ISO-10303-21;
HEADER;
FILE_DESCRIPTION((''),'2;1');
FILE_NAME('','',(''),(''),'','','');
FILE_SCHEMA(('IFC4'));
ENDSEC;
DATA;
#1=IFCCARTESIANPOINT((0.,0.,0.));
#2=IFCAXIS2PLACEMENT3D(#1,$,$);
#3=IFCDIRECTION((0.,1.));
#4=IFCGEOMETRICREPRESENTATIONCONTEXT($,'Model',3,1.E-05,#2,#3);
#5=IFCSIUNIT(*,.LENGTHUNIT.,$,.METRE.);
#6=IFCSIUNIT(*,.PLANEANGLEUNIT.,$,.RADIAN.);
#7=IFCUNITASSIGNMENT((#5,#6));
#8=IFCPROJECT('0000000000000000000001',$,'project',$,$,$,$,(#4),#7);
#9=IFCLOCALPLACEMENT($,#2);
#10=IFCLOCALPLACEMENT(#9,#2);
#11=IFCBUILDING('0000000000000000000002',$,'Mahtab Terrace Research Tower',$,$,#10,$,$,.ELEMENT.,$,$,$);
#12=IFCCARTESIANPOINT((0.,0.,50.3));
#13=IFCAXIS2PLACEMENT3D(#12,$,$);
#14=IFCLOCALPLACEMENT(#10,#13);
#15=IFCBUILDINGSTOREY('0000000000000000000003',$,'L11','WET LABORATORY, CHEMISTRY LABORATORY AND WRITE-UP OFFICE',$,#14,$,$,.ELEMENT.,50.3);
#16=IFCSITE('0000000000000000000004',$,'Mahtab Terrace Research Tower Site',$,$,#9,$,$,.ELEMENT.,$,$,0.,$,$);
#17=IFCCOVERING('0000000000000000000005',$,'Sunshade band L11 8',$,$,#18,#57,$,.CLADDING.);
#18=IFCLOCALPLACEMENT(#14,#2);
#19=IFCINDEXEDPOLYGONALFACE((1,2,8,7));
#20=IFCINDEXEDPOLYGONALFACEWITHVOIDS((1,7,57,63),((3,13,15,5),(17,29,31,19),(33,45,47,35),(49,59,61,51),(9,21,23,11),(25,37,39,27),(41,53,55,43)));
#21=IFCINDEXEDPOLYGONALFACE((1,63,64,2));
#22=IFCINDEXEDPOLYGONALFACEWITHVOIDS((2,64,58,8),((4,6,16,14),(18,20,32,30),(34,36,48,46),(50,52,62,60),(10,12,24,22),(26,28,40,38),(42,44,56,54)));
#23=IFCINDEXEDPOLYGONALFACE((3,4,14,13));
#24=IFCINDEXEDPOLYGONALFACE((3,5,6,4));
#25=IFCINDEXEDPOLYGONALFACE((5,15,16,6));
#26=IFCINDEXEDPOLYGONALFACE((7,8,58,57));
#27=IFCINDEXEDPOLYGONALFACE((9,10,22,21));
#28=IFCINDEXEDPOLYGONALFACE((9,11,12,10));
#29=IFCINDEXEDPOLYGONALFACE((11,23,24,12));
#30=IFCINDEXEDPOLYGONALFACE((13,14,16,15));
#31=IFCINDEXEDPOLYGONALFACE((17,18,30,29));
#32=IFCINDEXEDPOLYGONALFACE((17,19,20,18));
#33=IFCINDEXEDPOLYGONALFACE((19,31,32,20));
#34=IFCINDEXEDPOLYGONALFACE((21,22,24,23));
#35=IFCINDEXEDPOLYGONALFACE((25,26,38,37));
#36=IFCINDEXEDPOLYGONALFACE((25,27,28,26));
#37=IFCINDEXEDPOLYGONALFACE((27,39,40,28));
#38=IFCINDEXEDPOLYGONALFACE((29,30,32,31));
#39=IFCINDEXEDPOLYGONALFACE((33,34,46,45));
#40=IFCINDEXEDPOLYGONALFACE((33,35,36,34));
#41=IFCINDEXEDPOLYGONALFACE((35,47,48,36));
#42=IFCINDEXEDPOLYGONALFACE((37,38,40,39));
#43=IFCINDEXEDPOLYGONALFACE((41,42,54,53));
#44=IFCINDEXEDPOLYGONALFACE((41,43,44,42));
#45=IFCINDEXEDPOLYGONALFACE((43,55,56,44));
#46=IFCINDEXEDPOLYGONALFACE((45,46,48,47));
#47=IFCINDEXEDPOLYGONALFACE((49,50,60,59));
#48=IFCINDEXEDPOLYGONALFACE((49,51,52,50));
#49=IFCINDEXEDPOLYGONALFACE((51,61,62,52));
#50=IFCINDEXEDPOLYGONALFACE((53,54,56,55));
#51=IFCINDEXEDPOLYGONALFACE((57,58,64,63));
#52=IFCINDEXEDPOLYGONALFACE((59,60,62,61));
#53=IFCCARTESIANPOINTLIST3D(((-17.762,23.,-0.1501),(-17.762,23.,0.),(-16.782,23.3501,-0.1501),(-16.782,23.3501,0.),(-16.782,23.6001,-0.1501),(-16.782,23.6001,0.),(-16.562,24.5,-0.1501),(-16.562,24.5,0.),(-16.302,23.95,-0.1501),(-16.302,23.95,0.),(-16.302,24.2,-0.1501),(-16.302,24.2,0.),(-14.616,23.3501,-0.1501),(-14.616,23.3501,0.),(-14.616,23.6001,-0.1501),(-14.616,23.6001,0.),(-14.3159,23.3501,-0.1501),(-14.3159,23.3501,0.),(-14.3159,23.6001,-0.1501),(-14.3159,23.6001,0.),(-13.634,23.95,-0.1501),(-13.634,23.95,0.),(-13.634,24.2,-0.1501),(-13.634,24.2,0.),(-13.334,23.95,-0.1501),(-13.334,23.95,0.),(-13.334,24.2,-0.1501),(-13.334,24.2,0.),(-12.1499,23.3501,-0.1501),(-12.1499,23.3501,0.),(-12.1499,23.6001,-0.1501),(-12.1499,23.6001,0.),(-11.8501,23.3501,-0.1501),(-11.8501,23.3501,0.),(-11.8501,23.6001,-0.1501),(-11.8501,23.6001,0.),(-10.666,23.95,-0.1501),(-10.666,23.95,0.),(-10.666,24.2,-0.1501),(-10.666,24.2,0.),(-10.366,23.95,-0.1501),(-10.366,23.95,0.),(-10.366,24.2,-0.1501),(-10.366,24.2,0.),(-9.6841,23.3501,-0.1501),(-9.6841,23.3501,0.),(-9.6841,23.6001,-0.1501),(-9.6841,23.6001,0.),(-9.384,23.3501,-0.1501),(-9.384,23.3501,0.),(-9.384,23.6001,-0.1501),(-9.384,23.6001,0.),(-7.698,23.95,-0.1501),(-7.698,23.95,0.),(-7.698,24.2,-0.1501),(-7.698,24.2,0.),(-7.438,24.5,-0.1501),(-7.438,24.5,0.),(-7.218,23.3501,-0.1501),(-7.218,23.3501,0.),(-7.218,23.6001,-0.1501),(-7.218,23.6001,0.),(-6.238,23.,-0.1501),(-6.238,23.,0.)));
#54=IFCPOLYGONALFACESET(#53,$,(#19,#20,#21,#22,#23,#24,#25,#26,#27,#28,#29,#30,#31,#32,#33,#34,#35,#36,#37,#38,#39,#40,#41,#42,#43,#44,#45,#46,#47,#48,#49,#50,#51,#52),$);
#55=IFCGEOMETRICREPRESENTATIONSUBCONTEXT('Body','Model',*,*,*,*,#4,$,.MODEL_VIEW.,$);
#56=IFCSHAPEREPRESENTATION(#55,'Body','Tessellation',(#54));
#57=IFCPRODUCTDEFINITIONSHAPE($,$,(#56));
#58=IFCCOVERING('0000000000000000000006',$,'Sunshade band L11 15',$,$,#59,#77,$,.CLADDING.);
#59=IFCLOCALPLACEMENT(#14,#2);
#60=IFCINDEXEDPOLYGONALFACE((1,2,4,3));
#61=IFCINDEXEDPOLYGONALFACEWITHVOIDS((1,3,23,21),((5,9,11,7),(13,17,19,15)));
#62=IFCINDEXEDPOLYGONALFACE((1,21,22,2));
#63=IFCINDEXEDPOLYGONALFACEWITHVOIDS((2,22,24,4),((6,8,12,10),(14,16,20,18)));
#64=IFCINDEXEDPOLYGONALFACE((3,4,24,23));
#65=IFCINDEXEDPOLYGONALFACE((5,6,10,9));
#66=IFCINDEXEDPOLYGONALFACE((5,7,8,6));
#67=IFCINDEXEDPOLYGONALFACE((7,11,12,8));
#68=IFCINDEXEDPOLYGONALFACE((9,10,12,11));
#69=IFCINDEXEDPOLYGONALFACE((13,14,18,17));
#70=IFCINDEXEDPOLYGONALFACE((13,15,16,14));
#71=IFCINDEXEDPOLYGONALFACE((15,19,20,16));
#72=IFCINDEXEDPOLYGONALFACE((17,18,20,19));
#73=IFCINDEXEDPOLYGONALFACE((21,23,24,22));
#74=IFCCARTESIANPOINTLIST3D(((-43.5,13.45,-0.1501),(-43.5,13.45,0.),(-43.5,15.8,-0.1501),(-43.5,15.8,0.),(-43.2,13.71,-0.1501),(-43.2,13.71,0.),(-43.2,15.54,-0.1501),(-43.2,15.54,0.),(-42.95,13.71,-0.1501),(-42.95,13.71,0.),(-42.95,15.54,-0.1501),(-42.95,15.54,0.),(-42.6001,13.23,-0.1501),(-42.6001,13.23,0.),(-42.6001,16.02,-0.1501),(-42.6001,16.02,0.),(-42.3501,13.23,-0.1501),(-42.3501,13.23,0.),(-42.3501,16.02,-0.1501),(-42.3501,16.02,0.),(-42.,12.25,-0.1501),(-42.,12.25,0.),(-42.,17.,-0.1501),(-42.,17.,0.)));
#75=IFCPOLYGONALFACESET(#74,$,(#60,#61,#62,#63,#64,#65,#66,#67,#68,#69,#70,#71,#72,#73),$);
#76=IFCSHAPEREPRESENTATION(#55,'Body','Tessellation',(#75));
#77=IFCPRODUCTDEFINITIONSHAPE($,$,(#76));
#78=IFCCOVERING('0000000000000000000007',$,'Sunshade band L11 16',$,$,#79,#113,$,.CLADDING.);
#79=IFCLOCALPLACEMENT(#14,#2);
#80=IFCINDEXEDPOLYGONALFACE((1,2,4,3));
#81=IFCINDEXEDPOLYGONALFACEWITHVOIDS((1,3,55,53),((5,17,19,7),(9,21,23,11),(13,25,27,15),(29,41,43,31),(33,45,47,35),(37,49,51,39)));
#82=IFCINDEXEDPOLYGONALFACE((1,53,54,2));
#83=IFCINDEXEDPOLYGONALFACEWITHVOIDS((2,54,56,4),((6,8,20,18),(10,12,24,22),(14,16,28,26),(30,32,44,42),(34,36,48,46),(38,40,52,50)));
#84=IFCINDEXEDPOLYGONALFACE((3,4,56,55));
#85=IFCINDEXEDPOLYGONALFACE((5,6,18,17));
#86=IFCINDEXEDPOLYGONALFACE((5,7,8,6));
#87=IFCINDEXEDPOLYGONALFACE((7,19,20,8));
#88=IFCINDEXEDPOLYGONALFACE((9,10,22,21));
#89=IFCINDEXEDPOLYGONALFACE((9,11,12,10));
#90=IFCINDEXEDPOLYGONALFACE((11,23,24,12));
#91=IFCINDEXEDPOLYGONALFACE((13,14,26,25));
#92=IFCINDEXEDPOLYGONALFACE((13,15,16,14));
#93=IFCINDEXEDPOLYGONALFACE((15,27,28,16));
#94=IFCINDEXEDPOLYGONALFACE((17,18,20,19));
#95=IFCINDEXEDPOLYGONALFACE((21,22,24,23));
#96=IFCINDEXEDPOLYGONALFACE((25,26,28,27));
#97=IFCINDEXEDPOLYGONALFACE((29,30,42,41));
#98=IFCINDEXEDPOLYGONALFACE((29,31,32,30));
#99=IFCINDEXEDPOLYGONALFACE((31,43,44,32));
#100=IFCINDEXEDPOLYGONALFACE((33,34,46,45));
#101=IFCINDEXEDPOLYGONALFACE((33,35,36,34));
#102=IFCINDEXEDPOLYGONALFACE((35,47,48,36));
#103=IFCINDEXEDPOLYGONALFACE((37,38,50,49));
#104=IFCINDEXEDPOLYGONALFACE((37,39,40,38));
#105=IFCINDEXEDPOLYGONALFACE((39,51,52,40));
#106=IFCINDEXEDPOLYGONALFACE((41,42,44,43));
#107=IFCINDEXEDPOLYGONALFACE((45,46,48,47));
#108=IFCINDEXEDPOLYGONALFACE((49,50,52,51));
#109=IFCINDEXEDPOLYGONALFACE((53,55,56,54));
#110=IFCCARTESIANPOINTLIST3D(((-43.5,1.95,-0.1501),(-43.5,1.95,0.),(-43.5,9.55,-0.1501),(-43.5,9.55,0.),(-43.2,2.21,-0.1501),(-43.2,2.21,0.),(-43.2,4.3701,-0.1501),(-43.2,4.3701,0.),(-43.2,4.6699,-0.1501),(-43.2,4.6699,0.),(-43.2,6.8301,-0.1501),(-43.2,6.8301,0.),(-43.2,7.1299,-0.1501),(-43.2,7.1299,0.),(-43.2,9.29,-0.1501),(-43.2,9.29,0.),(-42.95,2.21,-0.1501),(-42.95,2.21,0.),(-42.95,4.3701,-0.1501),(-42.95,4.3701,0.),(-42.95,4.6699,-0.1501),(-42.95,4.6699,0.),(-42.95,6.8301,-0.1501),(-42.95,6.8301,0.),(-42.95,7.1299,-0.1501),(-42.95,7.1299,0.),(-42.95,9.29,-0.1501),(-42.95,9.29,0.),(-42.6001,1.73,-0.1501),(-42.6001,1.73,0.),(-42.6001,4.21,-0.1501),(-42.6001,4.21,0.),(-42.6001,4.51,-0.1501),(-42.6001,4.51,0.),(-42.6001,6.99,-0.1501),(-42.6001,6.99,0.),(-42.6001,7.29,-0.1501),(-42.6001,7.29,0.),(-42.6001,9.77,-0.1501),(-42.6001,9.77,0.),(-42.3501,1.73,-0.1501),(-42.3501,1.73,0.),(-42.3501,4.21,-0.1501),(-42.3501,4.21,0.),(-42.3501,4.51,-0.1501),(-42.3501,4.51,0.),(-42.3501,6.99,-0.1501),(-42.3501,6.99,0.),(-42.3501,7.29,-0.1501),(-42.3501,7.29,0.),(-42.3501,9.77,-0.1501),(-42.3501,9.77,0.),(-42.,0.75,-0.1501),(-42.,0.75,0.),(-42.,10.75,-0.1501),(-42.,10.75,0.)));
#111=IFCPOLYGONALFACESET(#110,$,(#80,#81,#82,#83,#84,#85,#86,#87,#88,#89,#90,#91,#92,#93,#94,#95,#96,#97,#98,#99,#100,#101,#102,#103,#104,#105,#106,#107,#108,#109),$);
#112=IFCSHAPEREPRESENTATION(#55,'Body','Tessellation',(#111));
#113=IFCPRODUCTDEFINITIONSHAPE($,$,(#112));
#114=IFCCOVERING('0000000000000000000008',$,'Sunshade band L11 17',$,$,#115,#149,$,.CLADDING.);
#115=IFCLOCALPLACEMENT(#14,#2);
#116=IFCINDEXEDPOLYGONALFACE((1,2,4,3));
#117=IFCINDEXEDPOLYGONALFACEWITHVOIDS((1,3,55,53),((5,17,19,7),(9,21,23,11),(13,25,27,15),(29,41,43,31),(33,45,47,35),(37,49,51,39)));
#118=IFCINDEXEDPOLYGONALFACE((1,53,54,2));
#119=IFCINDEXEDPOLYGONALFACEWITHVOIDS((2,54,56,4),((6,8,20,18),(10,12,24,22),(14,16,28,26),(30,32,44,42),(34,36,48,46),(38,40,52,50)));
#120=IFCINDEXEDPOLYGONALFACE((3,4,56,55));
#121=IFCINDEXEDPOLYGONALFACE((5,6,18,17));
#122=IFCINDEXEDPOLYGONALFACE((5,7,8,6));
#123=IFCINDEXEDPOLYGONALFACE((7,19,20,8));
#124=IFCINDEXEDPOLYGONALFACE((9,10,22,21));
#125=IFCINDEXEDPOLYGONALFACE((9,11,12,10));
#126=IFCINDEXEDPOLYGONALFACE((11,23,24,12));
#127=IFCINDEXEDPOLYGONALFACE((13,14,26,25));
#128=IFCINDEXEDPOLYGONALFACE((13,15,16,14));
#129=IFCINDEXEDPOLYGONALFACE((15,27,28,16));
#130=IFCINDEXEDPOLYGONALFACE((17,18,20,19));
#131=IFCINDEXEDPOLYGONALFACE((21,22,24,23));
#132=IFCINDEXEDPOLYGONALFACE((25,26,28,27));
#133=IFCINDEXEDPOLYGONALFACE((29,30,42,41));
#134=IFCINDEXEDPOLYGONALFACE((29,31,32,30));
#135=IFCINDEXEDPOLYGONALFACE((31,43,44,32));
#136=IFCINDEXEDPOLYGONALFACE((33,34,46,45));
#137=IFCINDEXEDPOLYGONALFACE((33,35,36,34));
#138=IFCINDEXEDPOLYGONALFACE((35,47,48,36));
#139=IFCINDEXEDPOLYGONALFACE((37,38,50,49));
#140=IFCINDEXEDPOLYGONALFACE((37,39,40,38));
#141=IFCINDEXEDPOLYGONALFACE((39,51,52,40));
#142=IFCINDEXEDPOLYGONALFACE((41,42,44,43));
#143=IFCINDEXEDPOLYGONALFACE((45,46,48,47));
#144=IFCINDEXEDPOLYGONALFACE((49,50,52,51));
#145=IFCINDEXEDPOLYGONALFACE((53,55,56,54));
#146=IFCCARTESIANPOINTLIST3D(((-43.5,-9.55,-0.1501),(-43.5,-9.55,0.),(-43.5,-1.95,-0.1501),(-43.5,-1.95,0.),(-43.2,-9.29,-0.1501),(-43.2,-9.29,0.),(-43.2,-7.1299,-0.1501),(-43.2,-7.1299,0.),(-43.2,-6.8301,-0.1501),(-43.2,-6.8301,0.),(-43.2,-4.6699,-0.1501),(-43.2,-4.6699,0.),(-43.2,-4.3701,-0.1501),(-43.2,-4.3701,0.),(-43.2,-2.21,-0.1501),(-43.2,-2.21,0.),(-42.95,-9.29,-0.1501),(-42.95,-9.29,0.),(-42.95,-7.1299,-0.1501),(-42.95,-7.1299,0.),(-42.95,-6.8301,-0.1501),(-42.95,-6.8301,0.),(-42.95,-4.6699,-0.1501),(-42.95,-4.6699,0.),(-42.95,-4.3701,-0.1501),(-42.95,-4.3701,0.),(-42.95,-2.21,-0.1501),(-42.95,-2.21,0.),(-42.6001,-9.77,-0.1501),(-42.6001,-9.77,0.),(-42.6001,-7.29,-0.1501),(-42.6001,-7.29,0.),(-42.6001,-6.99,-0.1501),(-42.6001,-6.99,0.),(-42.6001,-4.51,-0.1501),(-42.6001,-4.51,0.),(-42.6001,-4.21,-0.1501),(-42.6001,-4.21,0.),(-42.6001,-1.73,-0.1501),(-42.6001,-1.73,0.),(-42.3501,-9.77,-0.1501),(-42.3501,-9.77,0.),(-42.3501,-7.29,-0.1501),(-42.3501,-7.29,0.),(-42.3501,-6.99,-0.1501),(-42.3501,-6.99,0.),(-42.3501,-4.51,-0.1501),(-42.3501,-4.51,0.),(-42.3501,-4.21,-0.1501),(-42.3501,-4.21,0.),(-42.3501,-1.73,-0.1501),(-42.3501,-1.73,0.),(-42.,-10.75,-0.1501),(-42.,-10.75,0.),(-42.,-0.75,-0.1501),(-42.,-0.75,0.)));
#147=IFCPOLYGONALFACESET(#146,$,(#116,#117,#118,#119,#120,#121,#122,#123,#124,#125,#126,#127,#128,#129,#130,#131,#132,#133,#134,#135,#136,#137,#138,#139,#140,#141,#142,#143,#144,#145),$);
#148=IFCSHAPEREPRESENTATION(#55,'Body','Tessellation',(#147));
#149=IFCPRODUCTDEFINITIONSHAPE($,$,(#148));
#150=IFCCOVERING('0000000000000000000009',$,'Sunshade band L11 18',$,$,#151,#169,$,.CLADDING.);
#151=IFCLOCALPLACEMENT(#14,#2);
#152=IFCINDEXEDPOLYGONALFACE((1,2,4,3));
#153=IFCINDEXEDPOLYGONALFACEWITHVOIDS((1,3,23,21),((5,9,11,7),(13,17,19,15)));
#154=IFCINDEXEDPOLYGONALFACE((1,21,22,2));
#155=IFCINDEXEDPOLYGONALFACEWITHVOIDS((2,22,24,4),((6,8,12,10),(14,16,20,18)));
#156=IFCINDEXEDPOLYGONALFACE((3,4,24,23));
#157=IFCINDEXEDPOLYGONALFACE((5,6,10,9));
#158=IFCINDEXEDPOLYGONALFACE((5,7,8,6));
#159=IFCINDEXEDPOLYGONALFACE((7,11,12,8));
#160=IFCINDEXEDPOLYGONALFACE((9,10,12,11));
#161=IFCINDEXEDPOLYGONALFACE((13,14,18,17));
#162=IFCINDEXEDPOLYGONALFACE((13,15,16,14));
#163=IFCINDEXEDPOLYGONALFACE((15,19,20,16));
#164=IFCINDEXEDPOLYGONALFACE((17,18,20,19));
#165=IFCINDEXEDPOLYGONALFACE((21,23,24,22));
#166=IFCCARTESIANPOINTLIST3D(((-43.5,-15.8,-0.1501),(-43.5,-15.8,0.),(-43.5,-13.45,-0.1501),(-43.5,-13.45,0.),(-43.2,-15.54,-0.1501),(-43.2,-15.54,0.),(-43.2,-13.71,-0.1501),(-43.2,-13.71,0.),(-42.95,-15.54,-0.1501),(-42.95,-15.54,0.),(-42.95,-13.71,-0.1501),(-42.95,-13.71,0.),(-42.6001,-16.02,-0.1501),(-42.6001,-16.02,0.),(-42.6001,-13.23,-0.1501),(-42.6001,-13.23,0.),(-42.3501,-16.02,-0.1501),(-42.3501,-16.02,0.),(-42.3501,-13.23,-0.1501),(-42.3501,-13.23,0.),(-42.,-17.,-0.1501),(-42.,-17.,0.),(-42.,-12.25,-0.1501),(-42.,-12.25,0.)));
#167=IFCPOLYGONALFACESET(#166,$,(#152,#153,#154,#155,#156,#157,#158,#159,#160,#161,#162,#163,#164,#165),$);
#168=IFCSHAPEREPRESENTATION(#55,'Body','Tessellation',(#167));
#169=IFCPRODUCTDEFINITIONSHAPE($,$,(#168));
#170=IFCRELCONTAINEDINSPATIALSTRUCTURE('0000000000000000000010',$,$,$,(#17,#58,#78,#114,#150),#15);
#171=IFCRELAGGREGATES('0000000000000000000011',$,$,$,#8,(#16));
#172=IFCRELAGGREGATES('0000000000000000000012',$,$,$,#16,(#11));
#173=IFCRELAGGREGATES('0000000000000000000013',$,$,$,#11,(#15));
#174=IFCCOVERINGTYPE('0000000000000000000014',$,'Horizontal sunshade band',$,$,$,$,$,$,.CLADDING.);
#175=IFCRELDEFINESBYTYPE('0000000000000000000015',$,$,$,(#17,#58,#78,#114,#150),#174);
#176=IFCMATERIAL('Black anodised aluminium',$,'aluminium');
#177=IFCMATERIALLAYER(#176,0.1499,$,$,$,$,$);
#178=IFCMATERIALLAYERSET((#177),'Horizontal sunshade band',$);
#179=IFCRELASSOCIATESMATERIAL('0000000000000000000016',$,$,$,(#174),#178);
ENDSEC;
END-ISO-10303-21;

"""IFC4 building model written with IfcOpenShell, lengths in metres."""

from ifc_helpers import new_model, si_unit, direction, frame, origin, place, context, subcontext, project, spatial, polyline, outline, extrude, material, layer, layer_set, type_object, element, save


model = new_model("IFC4")

# Units and contexts
model_context = context("Model", 3, precision=1e-05, world=origin(), true_north=direction((0.0, 1.0)))
body_context = subcontext(model_context, "Body", "Model", "MODEL_VIEW")
ifc_project = project(units=[si_unit("LENGTHUNIT", "METRE"), si_unit("PLANEANGLEUNIT", "RADIAN")], contexts=[model_context])

# Site, building, storey
site_placement = place(None, origin())
site = spatial("IfcSite", under=ifc_project, at=site_placement, Name="Mahtab Terrace Research Tower Site", CompositionType="ELEMENT", RefElevation=0.0)
building_placement = place(site_placement, origin())
building = spatial("IfcBuilding", under=site, at=building_placement, Name="Mahtab Terrace Research Tower", CompositionType="ELEMENT")
storey_placement = place(building_placement, frame((0.0, 0.0, 50.3)))
storey = spatial("IfcBuildingStorey", under=building, at=storey_placement, Name="L11", Description="WET LABORATORY, CHEMISTRY LABORATORY AND WRITE-UP OFFICE", CompositionType="ELEMENT", Elevation=50.3)

# Coverings
ifc_material_1 = material(Name="Black anodised aluminium", Category="aluminium")
ifc_layer_1 = layer(ifc_material_1, 0.1499)
ifc_layer_set_1 = layer_set([ifc_layer_1], Name="Horizontal sunshade band")
covering_type_1 = type_object("IfcCoveringType", Name="Horizontal sunshade band", PredefinedType="CLADDING", material=ifc_layer_set_1)
covering_1_placement = place(storey_placement, frame((0.0, 0.0, -0.1501)))
element("IfcCovering", 1, at=covering_1_placement, inside=storey, type_object=covering_type_1, Name="Sunshade band L11 8", PredefinedType="CLADDING", context=body_context, shape_type="SweptSolid", body=[
    extrude(outline(polyline([(-6.238, 23.0), (-17.762, 23.0), (-16.562, 24.5), (-7.438, 24.5), (-6.238, 23.0)]), holes=[polyline([(-7.218, 23.3501), (-9.384, 23.3501), (-9.384, 23.6001), (-7.218, 23.6001), (-7.218, 23.3501)]), polyline([(-9.6841, 23.3501), (-11.8501, 23.3501), (-11.8501, 23.6001), (-9.6841, 23.6001), (-9.6841, 23.3501)]), polyline([(-12.1499, 23.3501), (-14.3159, 23.3501), (-14.3159, 23.6001), (-12.1499, 23.6001), (-12.1499, 23.3501)]), polyline([(-14.616, 23.3501), (-16.782, 23.3501), (-16.782, 23.6001), (-14.616, 23.6001), (-14.616, 23.3501)]), polyline([(-7.698, 23.95), (-10.366, 23.95), (-10.366, 24.2), (-7.698, 24.2), (-7.698, 23.95)]), polyline([(-10.666, 23.95), (-13.334, 23.95), (-13.334, 24.2), (-10.666, 24.2), (-10.666, 23.95)]), polyline([(-13.634, 23.95), (-16.302, 23.95), (-16.302, 24.2), (-13.634, 24.2), (-13.634, 23.95)])]), origin(), (0.0, 0.0, 1.0), 0.1501),
])
covering_2_placement = place(storey_placement, frame((0.0, 0.0, -0.1501)))
element("IfcCovering", 2, at=covering_2_placement, inside=storey, type_object=covering_type_1, Name="Sunshade band L11 15", PredefinedType="CLADDING", context=body_context, shape_type="SweptSolid", body=[
    extrude(outline(polyline([(-42.0, 17.0), (-42.0, 12.25), (-43.5, 13.45), (-43.5, 15.8), (-42.0, 17.0)]), holes=[polyline([(-42.3501, 16.02), (-42.3501, 13.23), (-42.6001, 13.23), (-42.6001, 16.02), (-42.3501, 16.02)]), polyline([(-42.95, 15.54), (-42.95, 13.71), (-43.2, 13.71), (-43.2, 15.54), (-42.95, 15.54)])]), origin(), (0.0, 0.0, 1.0), 0.1501),
])
covering_3_placement = place(storey_placement, frame((0.0, 0.0, -0.1501)))
element("IfcCovering", 3, at=covering_3_placement, inside=storey, type_object=covering_type_1, Name="Sunshade band L11 16", PredefinedType="CLADDING", context=body_context, shape_type="SweptSolid", body=[
    extrude(outline(polyline([(-42.0, 10.75), (-42.0, 0.75), (-43.5, 1.95), (-43.5, 9.55), (-42.0, 10.75)]), holes=[polyline([(-42.3501, 9.77), (-42.3501, 7.29), (-42.6001, 7.29), (-42.6001, 9.77), (-42.3501, 9.77)]), polyline([(-42.3501, 6.99), (-42.3501, 4.51), (-42.6001, 4.51), (-42.6001, 6.99), (-42.3501, 6.99)]), polyline([(-42.3501, 4.21), (-42.3501, 1.73), (-42.6001, 1.73), (-42.6001, 4.21), (-42.3501, 4.21)]), polyline([(-42.95, 9.29), (-42.95, 7.1299), (-43.2, 7.1299), (-43.2, 9.29), (-42.95, 9.29)]), polyline([(-42.95, 6.8301), (-42.95, 4.6699), (-43.2, 4.6699), (-43.2, 6.8301), (-42.95, 6.8301)]), polyline([(-42.95, 4.3701), (-42.95, 2.21), (-43.2, 2.21), (-43.2, 4.3701), (-42.95, 4.3701)])]), origin(), (0.0, 0.0, 1.0), 0.1501),
])
covering_4_placement = place(storey_placement, frame((0.0, 0.0, -0.1501)))
element("IfcCovering", 4, at=covering_4_placement, inside=storey, type_object=covering_type_1, Name="Sunshade band L11 17", PredefinedType="CLADDING", context=body_context, shape_type="SweptSolid", body=[
    extrude(outline(polyline([(-42.0, -0.75), (-42.0, -10.75), (-43.5, -9.55), (-43.5, -1.95), (-42.0, -0.75)]), holes=[polyline([(-42.3501, -1.73), (-42.3501, -4.21), (-42.6001, -4.21), (-42.6001, -1.73), (-42.3501, -1.73)]), polyline([(-42.3501, -4.51), (-42.3501, -6.99), (-42.6001, -6.99), (-42.6001, -4.51), (-42.3501, -4.51)]), polyline([(-42.3501, -7.29), (-42.3501, -9.77), (-42.6001, -9.77), (-42.6001, -7.29), (-42.3501, -7.29)]), polyline([(-42.95, -2.21), (-42.95, -4.3701), (-43.2, -4.3701), (-43.2, -2.21), (-42.95, -2.21)]), polyline([(-42.95, -4.6699), (-42.95, -6.8301), (-43.2, -6.8301), (-43.2, -4.6699), (-42.95, -4.6699)]), polyline([(-42.95, -7.1299), (-42.95, -9.29), (-43.2, -9.29), (-43.2, -7.1299), (-42.95, -7.1299)])]), origin(), (0.0, 0.0, 1.0), 0.1501),
])
covering_5_placement = place(storey_placement, frame((0.0, 0.0, -0.1501)))
element("IfcCovering", 5, at=covering_5_placement, inside=storey, type_object=covering_type_1, Name="Sunshade band L11 18", PredefinedType="CLADDING", context=body_context, shape_type="SweptSolid", body=[
    extrude(outline(polyline([(-42.0, -12.25), (-42.0, -17.0), (-43.5, -15.8), (-43.5, -13.45), (-42.0, -12.25)]), holes=[polyline([(-42.3501, -13.23), (-42.3501, -16.02), (-42.6001, -16.02), (-42.6001, -13.23), (-42.3501, -13.23)]), polyline([(-42.95, -13.71), (-42.95, -15.54), (-43.2, -15.54), (-43.2, -13.71), (-42.95, -13.71)])]), origin(), (0.0, 0.0, 1.0), 0.1501),
])

save(model, "model.ifc")
